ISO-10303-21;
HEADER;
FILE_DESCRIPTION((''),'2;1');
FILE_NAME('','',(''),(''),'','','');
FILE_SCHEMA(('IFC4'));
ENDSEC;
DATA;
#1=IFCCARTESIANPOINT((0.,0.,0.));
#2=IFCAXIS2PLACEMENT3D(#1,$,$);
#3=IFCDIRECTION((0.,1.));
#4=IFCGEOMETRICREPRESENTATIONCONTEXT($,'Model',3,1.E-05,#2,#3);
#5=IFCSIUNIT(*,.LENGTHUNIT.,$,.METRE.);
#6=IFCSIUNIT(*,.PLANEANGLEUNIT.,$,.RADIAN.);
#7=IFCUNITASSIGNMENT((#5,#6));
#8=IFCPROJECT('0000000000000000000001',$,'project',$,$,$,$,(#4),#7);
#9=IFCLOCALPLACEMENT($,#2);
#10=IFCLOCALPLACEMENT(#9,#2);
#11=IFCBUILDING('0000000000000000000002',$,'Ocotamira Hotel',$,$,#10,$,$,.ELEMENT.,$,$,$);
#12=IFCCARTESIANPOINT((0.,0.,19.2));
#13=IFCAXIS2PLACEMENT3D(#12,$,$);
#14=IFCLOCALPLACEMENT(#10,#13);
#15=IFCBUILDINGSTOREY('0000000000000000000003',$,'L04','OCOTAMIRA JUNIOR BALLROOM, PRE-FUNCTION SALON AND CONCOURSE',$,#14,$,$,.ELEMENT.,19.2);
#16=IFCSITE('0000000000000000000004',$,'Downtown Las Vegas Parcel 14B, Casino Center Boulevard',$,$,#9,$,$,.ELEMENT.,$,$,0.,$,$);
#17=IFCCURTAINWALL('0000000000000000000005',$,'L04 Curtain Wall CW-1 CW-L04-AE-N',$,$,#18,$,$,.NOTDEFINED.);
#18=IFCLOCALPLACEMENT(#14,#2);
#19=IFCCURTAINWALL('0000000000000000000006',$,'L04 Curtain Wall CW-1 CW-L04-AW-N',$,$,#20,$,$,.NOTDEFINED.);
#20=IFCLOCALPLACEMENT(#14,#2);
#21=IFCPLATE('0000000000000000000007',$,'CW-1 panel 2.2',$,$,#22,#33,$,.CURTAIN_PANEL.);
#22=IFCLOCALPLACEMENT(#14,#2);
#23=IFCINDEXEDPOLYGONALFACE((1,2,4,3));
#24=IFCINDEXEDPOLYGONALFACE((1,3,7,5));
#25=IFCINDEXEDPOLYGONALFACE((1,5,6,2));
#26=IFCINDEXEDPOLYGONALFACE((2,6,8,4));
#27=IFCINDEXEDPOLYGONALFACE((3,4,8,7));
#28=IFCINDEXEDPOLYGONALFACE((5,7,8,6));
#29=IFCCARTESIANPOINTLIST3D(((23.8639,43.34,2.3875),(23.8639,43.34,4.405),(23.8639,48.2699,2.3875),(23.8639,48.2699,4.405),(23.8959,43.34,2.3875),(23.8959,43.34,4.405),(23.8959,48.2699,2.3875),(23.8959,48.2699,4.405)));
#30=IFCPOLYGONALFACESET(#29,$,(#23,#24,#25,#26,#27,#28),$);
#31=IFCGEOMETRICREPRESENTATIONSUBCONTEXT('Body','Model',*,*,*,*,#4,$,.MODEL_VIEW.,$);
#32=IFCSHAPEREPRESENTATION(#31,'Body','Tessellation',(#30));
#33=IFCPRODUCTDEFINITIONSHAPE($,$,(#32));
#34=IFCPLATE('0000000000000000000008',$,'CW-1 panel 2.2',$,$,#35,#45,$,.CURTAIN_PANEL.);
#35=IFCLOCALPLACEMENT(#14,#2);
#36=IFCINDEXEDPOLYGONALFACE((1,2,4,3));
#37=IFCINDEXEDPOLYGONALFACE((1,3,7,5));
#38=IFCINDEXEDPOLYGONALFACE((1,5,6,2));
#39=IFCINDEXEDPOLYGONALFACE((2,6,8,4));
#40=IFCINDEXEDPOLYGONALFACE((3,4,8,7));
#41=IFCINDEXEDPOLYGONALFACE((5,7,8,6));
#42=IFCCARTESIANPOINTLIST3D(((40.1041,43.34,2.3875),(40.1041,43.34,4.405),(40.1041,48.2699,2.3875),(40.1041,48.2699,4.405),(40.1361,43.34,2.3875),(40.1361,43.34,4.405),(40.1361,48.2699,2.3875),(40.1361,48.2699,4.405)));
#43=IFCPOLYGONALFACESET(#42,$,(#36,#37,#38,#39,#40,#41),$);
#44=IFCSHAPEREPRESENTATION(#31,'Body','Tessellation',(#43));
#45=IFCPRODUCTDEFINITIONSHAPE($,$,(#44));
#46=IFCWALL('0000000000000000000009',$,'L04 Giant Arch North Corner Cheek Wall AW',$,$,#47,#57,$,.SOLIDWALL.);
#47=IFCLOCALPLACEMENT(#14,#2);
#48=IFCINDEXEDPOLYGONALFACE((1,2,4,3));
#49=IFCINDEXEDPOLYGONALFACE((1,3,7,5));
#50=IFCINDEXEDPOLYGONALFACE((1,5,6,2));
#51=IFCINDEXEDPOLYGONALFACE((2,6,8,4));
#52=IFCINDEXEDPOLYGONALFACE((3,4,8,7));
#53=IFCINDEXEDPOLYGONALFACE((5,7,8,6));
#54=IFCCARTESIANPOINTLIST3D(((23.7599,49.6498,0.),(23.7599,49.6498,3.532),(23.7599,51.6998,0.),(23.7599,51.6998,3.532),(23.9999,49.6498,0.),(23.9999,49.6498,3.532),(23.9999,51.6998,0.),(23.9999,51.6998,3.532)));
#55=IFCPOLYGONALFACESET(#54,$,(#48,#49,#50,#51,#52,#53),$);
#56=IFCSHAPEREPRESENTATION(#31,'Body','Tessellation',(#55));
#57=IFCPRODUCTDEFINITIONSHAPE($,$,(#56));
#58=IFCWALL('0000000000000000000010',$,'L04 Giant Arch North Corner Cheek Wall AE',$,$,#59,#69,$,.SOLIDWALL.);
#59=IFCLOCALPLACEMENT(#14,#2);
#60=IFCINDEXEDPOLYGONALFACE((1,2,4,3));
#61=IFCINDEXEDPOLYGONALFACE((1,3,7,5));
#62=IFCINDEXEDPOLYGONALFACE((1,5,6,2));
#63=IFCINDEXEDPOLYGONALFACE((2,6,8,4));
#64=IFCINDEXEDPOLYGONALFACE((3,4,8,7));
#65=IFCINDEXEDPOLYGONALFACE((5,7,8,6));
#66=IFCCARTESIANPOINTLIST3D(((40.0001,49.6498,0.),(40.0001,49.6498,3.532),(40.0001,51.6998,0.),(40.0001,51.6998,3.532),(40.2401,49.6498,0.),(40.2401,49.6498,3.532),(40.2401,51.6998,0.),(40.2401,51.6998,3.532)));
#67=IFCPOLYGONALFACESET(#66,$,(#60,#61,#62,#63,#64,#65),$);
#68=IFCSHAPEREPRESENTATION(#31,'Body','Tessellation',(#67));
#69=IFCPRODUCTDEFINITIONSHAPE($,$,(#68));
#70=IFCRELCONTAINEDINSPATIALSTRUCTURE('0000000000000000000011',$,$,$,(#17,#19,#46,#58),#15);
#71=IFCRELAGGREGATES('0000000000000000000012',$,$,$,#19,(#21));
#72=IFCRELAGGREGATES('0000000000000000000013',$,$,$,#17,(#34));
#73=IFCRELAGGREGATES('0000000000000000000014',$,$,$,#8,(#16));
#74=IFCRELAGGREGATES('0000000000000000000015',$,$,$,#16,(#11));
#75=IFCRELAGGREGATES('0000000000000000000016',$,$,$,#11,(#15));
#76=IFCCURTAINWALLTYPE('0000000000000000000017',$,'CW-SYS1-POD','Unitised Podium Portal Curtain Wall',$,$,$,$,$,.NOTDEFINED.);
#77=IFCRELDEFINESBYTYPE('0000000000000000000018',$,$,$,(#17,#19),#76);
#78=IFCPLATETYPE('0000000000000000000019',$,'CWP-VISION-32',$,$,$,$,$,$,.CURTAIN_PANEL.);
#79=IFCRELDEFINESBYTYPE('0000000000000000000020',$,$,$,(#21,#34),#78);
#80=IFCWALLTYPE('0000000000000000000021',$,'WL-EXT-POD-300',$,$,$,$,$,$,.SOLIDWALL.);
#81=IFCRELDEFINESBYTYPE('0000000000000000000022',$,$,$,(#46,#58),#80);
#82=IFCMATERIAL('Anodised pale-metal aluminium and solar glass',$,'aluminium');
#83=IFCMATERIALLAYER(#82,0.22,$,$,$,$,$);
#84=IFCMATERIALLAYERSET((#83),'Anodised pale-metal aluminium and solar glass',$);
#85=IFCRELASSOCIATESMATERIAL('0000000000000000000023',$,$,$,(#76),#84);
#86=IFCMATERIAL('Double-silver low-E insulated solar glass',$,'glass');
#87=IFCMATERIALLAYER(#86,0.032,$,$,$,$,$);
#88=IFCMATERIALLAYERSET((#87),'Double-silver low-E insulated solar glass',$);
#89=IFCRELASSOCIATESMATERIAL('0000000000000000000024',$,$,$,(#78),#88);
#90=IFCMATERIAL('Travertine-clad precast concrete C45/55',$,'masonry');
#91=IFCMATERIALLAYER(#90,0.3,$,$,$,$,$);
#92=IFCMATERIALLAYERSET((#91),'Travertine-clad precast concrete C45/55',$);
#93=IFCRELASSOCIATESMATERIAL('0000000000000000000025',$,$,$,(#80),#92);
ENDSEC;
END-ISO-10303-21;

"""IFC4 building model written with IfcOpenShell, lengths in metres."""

from ifc_helpers import new_model, si_unit, direction, frame, frame_2d, origin, origin_2d, place, context, subcontext, project, spatial, rectangle, extrude, source, transform, mapped, material, layer, layer_set, type_object, element, aggregate, save


model = new_model("IFC4")

# Units and contexts
model_context = context("Model", 3, precision=1e-05, world=origin(), true_north=direction((0.0, 1.0)))
body_context = subcontext(model_context, "Body", "Model", "MODEL_VIEW")
ifc_project = project(units=[si_unit("LENGTHUNIT", "METRE"), si_unit("PLANEANGLEUNIT", "RADIAN")], contexts=[model_context])

# Site, building, storey
site_placement = place(None, origin())
site = spatial("IfcSite", under=ifc_project, at=site_placement, Name="Downtown Las Vegas Parcel 14B, Casino Center Boulevard", CompositionType="ELEMENT", RefElevation=0.0)
building_placement = place(site_placement, origin())
building = spatial("IfcBuilding", under=site, at=building_placement, Name="Ocotamira Hotel", CompositionType="ELEMENT")
storey_placement = place(building_placement, frame((0.0, 0.0, 19.2)))
storey = spatial("IfcBuildingStorey", under=building, at=storey_placement, Name="L04", Description="OCOTAMIRA JUNIOR BALLROOM, PRE-FUNCTION SALON AND CONCOURSE", CompositionType="ELEMENT", Elevation=19.2)

# Curtain wall
ifc_material_1 = material(Name="Anodised pale-metal aluminium and solar glass", Category="aluminium")
ifc_layer_1 = layer(ifc_material_1, 0.22)
ifc_layer_set_1 = layer_set([ifc_layer_1], Name="Anodised pale-metal aluminium and solar glass")
curtain_wall_type = type_object("IfcCurtainWallType", Name="CW-SYS1-POD", Description="Unitised Podium Portal Curtain Wall", PredefinedType="NOTDEFINED", material=ifc_layer_set_1)
curtain_wall_1_placement = place(storey_placement, origin())
curtain_wall_1 = element("IfcCurtainWall", 1, at=curtain_wall_1_placement, inside=storey, type_object=curtain_wall_type, Name="L04 Curtain Wall CW-1 CW-L04-AE-N", PredefinedType="NOTDEFINED")

# Curtain wall
curtain_wall_2_placement = place(storey_placement, origin())
curtain_wall_2 = element("IfcCurtainWall", 2, at=curtain_wall_2_placement, inside=storey, type_object=curtain_wall_type, Name="L04 Curtain Wall CW-1 CW-L04-AW-N", PredefinedType="NOTDEFINED")

# Plates
ifc_material_2 = material(Name="Double-silver low-E insulated solar glass", Category="glass")
ifc_layer_2 = layer(ifc_material_2, 0.032)
ifc_layer_set_2 = layer_set([ifc_layer_2], Name="Double-silver low-E insulated solar glass")
plate_type_1 = type_object("IfcPlateType", Name="CWP-VISION-32", PredefinedType="CURTAIN_PANEL", material=ifc_layer_set_2)
shared_shape_1 = source(origin(), body_context, "Body", "SweptSolid", [
    extrude(rectangle(XDim=4.9299, YDim=0.032, at=origin_2d()), origin(), (0.0, 0.0, 1.0), 2.0176),
])
plate_1_placement = place(storey_placement, frame((23.8799, 45.8049, 2.3875), z_axis=(0.0, 0.0, 1.0), x_axis=(0.0, 1.0, 0.0)))
plate_1 = element("IfcPlate", 3, at=plate_1_placement, type_object=plate_type_1, Name="CW-1 panel 2.2", PredefinedType="CURTAIN_PANEL", context=body_context, shape_type="MappedRepresentation", body=[
    mapped(shared_shape_1, transform((0.0, 0.0, 0.0), scale=1.0)),
])
aggregate(curtain_wall_2, [plate_1])
plate_2_placement = place(storey_placement, frame((40.1201, 45.8049, 2.3875), z_axis=(0.0, 0.0, 1.0), x_axis=(0.0, 1.0, 0.0)))
plate_2 = element("IfcPlate", 4, at=plate_2_placement, type_object=plate_type_1, Name="CW-1 panel 2.2", PredefinedType="CURTAIN_PANEL", context=body_context, shape_type="MappedRepresentation", body=[
    mapped(shared_shape_1, transform((0.0, 0.0, 0.0), scale=1.0)),
])
aggregate(curtain_wall_1, [plate_2])

# Walls
ifc_material_3 = material(Name="Travertine-clad precast concrete C45/55", Category="masonry")
ifc_layer_3 = layer(ifc_material_3, 0.3)
ifc_layer_set_3 = layer_set([ifc_layer_3], Name="Travertine-clad precast concrete C45/55")
wall_type_1 = type_object("IfcWallType", Name="WL-EXT-POD-300", PredefinedType="SOLIDWALL", material=ifc_layer_set_3)
for number, where, z_axis, x_axis, name in (
    (5, (23.8799, 49.6499, 0.0), (0.0, 0.0, 1.0), (0.0, 1.0, 0.0), "L04 Giant Arch North Corner Cheek Wall AW"),
    (6, (40.1201, 49.6499, 0.0), (0.0, 0.0, 1.0), (0.0, 1.0, 0.0), "L04 Giant Arch North Corner Cheek Wall AE"),
):
    element("IfcWall", number, at=place(storey_placement, frame(where, z_axis=z_axis, x_axis=x_axis)), inside=storey, type_object=wall_type_1, Name=name, PredefinedType="SOLIDWALL", context=body_context, shape_type="SweptSolid", body=[
        extrude(rectangle(XDim=2.05, YDim=0.24, at=frame_2d((1.0249, 0.0))), origin(), (0.0, 0.0, 1.0), 3.532),
    ])

save(model, "model.ifc")
